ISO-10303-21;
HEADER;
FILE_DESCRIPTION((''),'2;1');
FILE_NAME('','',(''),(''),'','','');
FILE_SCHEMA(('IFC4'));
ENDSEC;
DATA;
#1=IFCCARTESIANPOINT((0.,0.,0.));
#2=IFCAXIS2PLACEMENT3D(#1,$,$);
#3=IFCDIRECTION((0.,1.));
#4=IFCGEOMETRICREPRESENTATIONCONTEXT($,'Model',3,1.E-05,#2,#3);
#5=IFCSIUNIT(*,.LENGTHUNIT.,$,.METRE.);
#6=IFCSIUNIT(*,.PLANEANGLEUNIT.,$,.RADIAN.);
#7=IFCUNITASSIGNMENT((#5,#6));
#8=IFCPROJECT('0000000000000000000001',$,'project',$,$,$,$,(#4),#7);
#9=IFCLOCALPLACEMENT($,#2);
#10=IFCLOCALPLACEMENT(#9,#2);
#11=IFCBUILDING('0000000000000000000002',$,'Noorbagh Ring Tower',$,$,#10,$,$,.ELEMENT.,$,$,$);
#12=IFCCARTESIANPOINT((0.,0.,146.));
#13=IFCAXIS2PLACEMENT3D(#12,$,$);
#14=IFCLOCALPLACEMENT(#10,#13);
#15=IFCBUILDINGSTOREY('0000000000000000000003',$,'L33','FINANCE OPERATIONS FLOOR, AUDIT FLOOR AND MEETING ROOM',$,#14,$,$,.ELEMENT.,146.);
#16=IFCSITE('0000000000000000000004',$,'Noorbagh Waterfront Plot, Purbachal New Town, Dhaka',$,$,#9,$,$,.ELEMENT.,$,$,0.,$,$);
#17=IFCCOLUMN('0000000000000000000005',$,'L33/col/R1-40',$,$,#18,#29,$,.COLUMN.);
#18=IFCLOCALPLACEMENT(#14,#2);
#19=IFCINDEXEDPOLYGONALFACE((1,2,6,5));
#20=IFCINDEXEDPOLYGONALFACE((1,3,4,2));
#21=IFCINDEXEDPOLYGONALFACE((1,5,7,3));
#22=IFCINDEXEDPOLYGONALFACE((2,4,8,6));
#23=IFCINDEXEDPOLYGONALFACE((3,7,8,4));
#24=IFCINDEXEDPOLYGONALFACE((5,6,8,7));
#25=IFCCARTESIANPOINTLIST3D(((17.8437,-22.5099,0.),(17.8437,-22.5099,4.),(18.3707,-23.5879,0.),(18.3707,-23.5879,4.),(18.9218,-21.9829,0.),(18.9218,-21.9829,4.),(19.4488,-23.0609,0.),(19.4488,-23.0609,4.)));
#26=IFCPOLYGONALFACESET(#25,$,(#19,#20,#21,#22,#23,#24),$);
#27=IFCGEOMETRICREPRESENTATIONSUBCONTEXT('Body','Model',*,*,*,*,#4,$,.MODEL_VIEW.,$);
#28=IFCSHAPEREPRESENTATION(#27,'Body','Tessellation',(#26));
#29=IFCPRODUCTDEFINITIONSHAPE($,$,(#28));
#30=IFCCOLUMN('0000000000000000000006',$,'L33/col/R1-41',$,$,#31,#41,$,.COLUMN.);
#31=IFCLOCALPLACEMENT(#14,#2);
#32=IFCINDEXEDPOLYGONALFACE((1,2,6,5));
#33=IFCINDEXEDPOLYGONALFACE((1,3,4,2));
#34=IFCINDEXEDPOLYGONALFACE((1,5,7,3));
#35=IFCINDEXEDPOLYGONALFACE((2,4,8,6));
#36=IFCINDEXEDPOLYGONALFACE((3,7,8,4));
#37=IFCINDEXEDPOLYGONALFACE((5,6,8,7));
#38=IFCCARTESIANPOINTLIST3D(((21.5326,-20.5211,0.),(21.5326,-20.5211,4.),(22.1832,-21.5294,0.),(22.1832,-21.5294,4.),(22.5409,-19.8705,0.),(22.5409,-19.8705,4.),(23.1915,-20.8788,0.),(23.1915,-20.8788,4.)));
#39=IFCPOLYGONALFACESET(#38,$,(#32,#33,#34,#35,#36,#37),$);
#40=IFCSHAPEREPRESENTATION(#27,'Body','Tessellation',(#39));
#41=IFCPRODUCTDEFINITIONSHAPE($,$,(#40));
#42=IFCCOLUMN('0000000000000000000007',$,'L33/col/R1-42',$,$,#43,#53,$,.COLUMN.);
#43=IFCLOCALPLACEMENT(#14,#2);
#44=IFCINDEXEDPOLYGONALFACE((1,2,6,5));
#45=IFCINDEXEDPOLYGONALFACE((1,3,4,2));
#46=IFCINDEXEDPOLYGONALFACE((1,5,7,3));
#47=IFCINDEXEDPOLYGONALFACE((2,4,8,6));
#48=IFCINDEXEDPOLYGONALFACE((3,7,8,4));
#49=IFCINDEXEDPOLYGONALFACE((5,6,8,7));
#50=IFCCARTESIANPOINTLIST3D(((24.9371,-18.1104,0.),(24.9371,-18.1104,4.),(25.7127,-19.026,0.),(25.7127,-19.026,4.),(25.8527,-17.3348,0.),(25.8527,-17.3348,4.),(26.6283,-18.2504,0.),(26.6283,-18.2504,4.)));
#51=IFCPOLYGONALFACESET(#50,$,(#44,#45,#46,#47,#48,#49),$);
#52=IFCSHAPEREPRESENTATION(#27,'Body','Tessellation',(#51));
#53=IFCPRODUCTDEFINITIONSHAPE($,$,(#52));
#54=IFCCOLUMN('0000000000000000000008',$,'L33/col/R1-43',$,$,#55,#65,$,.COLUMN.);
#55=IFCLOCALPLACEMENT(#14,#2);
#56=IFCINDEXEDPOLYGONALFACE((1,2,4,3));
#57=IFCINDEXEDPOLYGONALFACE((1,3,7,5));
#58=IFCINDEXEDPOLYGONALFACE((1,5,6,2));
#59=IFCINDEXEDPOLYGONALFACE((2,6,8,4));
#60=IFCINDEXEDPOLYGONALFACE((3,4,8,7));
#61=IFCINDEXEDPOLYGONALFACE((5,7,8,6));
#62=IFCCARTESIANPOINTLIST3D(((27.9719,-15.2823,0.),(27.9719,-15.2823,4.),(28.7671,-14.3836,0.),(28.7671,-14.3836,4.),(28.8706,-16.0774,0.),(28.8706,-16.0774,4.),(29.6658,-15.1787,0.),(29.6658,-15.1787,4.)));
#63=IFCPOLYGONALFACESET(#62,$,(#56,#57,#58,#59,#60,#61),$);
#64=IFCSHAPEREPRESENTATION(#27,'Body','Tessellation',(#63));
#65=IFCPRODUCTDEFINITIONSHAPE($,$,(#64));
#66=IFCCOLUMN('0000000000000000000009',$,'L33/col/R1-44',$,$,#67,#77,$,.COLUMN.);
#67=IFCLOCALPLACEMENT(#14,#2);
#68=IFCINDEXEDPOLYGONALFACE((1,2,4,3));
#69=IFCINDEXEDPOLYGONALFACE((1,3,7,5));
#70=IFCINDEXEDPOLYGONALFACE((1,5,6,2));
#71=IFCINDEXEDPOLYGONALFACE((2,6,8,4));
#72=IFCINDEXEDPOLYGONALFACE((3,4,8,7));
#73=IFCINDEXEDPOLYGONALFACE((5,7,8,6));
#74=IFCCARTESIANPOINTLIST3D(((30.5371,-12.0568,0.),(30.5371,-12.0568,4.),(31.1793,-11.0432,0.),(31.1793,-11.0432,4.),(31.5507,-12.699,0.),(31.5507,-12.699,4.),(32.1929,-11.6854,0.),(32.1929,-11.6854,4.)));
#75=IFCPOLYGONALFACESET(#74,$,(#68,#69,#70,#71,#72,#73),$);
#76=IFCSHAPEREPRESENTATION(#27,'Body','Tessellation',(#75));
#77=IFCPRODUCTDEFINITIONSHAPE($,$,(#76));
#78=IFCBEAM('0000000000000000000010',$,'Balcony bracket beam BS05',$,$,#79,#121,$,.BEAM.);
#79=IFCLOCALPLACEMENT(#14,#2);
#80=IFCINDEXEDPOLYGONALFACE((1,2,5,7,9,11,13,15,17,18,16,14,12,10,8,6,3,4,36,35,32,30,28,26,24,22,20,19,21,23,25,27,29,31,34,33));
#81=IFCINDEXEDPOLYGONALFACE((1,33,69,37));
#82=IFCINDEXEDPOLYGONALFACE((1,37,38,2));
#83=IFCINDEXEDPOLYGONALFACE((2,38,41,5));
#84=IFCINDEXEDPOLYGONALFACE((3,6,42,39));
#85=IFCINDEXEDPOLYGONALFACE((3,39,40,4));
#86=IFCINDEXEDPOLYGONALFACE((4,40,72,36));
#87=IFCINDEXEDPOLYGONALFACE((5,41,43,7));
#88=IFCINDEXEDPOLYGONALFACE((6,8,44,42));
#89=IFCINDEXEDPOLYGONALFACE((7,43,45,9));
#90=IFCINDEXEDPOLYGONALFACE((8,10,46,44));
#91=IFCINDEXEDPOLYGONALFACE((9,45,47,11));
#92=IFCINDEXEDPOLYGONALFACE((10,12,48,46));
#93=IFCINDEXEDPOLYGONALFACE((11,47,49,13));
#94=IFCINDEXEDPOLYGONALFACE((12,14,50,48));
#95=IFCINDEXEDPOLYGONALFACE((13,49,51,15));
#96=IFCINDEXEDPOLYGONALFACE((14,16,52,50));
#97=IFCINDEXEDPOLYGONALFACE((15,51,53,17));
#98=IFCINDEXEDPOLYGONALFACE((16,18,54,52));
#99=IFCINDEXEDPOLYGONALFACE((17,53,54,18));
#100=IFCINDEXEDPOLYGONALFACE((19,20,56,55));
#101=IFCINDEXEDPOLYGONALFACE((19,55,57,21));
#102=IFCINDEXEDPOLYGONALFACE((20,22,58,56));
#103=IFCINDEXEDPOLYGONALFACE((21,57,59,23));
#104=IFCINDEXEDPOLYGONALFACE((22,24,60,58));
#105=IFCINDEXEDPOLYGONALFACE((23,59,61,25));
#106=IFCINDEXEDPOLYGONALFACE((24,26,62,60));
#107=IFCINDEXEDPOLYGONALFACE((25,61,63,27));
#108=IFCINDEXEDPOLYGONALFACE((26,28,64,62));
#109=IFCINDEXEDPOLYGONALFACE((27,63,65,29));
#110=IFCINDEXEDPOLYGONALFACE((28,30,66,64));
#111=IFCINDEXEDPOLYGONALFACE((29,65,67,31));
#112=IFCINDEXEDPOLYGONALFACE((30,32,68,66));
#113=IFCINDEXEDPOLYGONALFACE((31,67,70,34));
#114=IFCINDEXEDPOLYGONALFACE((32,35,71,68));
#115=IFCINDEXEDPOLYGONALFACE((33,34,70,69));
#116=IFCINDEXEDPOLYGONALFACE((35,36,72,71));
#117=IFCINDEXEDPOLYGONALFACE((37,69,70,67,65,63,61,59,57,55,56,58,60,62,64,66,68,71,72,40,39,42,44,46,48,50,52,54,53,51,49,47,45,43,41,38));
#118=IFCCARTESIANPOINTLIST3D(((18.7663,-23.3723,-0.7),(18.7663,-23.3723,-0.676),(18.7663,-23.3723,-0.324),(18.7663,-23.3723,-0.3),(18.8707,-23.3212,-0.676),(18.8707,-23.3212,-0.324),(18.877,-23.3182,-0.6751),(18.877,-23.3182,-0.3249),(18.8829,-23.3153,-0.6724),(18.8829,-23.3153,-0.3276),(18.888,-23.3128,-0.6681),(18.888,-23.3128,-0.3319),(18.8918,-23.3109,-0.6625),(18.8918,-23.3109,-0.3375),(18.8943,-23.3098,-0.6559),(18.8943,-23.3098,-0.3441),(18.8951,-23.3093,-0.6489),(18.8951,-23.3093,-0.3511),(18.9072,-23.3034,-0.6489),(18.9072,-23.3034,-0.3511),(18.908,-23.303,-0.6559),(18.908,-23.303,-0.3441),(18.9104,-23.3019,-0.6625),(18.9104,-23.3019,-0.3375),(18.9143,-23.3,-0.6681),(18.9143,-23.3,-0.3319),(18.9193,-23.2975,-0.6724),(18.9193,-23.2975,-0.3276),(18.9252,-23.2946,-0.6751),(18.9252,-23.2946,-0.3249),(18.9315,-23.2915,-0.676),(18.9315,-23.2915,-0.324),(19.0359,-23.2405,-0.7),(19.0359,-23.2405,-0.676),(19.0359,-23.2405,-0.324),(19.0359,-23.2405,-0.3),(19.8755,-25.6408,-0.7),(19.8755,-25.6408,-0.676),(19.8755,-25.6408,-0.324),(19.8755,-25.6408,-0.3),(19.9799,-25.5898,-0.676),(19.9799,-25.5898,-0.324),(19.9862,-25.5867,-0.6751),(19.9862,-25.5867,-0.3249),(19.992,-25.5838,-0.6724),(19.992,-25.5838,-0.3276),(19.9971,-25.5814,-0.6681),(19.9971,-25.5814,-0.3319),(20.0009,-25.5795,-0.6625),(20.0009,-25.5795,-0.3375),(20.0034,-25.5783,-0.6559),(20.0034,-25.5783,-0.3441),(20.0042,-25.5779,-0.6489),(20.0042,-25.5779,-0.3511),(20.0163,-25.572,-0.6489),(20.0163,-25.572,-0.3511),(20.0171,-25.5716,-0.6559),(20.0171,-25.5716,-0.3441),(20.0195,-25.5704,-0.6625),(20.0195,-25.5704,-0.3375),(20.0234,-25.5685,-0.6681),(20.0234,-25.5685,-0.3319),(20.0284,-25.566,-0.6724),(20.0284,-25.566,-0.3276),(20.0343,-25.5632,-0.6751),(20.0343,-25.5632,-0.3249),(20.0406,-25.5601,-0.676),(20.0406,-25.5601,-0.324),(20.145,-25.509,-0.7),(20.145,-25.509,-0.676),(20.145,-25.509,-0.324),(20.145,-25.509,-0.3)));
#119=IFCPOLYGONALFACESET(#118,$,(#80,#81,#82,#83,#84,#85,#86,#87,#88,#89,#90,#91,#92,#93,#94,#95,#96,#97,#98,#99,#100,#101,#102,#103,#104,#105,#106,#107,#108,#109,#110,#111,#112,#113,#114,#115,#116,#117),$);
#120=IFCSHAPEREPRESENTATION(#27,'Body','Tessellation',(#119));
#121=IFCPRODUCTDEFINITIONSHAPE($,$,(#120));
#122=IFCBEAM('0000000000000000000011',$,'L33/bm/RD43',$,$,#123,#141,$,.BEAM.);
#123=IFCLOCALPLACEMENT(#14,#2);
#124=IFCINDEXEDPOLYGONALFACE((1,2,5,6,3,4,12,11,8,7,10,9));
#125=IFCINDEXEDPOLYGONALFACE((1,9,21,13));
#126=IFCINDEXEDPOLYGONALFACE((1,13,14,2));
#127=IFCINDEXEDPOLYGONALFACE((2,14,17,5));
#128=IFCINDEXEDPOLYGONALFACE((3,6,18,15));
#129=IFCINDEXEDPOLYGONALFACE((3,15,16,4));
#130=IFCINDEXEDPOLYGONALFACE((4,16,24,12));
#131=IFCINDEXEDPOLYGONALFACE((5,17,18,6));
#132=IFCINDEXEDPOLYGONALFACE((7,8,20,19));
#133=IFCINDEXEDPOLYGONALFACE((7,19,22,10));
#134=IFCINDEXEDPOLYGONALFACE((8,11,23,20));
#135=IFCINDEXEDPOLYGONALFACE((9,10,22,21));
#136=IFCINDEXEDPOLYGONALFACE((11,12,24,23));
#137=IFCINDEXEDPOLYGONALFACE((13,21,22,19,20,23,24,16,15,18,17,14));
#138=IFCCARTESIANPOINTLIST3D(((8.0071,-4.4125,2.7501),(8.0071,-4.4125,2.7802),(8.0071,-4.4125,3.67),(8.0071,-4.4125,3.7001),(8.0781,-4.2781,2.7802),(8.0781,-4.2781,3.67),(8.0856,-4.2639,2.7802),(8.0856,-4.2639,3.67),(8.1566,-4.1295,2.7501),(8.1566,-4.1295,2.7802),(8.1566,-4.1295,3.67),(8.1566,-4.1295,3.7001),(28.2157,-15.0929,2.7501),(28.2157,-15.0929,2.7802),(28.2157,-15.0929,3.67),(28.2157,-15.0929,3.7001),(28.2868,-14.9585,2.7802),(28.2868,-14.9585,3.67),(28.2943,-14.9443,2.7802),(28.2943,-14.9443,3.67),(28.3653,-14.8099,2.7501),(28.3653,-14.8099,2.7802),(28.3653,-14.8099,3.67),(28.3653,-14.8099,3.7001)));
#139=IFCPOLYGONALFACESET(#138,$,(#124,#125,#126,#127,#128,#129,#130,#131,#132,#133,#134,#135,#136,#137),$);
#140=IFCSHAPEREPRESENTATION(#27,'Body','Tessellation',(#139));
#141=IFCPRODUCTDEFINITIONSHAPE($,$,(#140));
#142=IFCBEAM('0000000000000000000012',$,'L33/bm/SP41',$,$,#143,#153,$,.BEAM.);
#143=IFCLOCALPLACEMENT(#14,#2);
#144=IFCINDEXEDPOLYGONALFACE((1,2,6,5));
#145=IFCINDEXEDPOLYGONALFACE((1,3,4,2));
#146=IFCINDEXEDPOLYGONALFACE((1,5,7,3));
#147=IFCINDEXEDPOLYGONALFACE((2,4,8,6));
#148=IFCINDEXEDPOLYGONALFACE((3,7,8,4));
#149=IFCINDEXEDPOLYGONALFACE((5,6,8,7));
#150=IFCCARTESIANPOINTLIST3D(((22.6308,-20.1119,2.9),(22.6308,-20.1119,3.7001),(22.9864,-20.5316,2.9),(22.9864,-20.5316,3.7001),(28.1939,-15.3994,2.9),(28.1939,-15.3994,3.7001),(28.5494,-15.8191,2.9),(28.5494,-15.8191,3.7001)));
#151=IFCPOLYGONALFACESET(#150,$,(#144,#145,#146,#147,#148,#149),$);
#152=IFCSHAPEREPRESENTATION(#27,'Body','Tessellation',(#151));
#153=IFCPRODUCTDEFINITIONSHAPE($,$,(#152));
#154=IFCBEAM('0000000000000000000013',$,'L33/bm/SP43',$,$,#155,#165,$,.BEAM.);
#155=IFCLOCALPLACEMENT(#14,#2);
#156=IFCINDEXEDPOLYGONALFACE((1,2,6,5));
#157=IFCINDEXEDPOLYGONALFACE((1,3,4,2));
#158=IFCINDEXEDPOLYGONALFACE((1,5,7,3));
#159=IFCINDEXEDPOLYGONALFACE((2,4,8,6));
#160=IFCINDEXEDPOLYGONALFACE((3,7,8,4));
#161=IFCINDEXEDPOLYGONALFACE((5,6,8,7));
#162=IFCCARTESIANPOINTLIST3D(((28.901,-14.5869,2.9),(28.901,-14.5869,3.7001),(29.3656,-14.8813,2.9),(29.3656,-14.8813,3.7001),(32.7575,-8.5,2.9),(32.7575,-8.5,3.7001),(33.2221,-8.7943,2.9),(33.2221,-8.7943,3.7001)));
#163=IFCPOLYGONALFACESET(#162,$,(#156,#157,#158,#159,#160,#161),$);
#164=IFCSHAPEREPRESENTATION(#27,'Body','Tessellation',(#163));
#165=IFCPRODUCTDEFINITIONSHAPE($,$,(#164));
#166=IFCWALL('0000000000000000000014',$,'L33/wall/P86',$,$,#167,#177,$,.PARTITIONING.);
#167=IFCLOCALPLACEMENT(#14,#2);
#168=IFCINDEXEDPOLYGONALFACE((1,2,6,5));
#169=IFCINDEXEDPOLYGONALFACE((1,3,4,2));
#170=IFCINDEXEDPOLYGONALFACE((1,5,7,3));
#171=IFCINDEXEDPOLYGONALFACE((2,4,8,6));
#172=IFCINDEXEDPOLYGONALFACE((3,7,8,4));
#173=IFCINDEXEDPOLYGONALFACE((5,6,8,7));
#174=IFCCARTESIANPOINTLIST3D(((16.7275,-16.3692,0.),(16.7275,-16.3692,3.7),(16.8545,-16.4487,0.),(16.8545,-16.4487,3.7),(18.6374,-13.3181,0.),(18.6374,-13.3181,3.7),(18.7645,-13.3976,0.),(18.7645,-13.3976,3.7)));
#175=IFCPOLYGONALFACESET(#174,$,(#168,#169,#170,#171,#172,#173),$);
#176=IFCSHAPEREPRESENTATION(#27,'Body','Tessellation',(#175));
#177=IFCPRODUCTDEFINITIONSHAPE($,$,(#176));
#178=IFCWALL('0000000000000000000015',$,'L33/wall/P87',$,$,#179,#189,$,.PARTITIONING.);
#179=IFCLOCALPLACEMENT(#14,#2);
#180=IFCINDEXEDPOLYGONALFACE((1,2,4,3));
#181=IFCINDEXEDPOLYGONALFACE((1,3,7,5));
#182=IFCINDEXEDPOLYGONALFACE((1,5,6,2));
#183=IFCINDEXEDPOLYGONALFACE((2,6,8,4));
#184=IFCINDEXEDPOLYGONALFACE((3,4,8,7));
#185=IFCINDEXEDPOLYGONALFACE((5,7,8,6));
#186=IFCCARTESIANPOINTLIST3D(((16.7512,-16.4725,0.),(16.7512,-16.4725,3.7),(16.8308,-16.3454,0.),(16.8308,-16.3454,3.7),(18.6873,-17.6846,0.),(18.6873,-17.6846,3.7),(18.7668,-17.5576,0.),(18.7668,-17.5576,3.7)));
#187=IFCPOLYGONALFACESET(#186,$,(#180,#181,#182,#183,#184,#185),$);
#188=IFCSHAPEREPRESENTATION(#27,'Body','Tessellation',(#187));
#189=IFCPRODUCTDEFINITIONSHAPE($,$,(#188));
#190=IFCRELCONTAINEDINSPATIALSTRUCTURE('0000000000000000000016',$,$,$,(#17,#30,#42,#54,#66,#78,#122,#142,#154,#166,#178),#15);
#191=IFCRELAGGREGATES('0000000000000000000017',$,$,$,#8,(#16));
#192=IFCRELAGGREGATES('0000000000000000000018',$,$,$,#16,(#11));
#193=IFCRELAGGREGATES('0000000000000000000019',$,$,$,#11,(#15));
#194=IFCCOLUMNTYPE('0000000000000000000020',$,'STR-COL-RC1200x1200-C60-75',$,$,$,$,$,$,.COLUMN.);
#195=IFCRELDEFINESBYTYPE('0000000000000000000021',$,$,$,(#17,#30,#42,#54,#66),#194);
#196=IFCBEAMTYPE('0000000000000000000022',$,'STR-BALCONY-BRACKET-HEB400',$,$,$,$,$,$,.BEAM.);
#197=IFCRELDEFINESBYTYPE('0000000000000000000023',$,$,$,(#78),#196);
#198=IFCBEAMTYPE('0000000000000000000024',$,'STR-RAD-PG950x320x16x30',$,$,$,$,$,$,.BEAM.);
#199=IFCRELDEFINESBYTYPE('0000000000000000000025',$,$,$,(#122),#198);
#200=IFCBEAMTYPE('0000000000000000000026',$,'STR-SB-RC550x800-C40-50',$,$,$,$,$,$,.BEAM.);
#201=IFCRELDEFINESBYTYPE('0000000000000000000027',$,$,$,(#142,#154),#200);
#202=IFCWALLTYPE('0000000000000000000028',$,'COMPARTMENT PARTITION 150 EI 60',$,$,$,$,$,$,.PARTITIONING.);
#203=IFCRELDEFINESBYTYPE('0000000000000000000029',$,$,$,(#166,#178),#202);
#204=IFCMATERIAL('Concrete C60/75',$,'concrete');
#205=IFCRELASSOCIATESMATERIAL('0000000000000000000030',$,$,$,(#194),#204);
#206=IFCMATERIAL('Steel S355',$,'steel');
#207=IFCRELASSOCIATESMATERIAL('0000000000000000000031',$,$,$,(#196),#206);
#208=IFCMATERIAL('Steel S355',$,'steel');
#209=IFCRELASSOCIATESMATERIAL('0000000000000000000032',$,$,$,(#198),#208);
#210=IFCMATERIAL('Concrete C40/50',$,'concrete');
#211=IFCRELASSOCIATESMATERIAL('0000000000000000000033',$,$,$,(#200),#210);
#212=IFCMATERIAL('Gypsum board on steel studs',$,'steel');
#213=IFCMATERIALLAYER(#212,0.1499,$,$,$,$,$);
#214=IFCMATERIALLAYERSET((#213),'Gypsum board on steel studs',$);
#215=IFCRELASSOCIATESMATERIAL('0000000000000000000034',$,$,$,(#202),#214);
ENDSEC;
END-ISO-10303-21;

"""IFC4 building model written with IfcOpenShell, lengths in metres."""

from ifc_helpers import new_model, si_unit, direction, frame, frame_2d, origin, origin_2d, place, context, subcontext, project, spatial, rectangle, i_section, extrude, material, layer, layer_set, material_profile, profile_set, type_object, element, save


model = new_model("IFC4")

# Units and contexts
model_context = context("Model", 3, precision=1e-05, world=origin(), true_north=direction((0.0, 1.0)))
body_context = subcontext(model_context, "Body", "Model", "MODEL_VIEW")
ifc_project = project(units=[si_unit("LENGTHUNIT", "METRE"), si_unit("PLANEANGLEUNIT", "RADIAN")], contexts=[model_context])

# Site, building, storey
site_placement = place(None, origin())
site = spatial("IfcSite", under=ifc_project, at=site_placement, Name="Noorbagh Waterfront Plot, Purbachal New Town, Dhaka", CompositionType="ELEMENT", RefElevation=0.0)
building_placement = place(site_placement, origin())
building = spatial("IfcBuilding", under=site, at=building_placement, Name="Noorbagh Ring Tower", CompositionType="ELEMENT")
storey_placement = place(building_placement, frame((0.0, 0.0, 146.0)))
storey = spatial("IfcBuildingStorey", under=building, at=storey_placement, Name="L33", Description="FINANCE OPERATIONS FLOOR, AUDIT FLOOR AND MEETING ROOM", CompositionType="ELEMENT", Elevation=146.0)

# Columns
ifc_material_1 = material(Name="Concrete C60/75", Category="concrete")
ifc_material_profile_1 = material_profile(ifc_material_1, rectangle(XDim=1.2, YDim=1.2, at=origin_2d()), Name="RC1200x1200")
ifc_profile_set_1 = profile_set([ifc_material_profile_1], Name="Concrete C60/75")
column_type = type_object("IfcColumnType", Name="STR-COL-RC1200x1200-C60-75", PredefinedType="COLUMN", material=ifc_profile_set_1)
for number, where, z_axis, x_axis, name in (
    (1, (18.6462, -22.7854, 0.0), (0.0, 0.0, 1.0), (0.898399, 0.43918, 0.0), "L33/col/R1-40"),
    (2, (22.3621, -20.7, 0.0), (0.0, 0.0, 1.0), (0.840248, 0.542203, 0.0), "L33/col/R1-41"),
    (3, (25.7827, -18.1804, 0.0), (0.0, 0.0, 1.0), (0.763035, 0.646357, 0.0), "L33/col/R1-42"),
    (4, (28.8188, -15.2305, 0.0), (0.0, 0.0, 1.0), (0.662636, 0.748942, 0.0), "L33/col/R1-43"),
    (5, (31.365, -11.8711, 0.0), (0.0, 0.0, 1.0), (0.53519, 0.844731, 0.0), "L33/col/R1-44"),
):
    element("IfcColumn", number, at=place(storey_placement, frame(where, z_axis=z_axis, x_axis=x_axis)), inside=storey, type_object=column_type, Name=name, PredefinedType="COLUMN", context=body_context, shape_type="SweptSolid", body=[
        extrude(rectangle(XDim=1.2, YDim=1.2, at=origin_2d()), origin(), (0.0, 0.0, 1.0), 4.0),
    ])

# Beams
ifc_material_2 = material(Name="Steel S355", Category="steel")
ifc_material_profile_2 = material_profile(ifc_material_2, i_section(OverallWidth=0.3, OverallDepth=0.3999, WebThickness=0.0134, FlangeThickness=0.0239, FilletRadius=0.0271, at=origin_2d()), Name="HEB400")
ifc_profile_set_2 = profile_set([ifc_material_profile_2], Name="Steel S355")
beam_type_1 = type_object("IfcBeamType", Name="STR-BALCONY-BRACKET-HEB400", PredefinedType="BEAM", material=ifc_profile_set_2)
beam_1_placement = place(storey_placement, frame((18.9011, -23.3064, -0.5), z_axis=(0.439229, -0.898375, 0.0), x_axis=(0.898375, 0.439229, 0.0)))
element("IfcBeam", 6, at=beam_1_placement, inside=storey, type_object=beam_type_1, Name="Balcony bracket beam BS05", PredefinedType="BEAM", context=body_context, shape_type="SweptSolid", body=[
    extrude(i_section(OverallWidth=0.3, OverallDepth=0.3999, WebThickness=0.0134, FlangeThickness=0.0239, FilletRadius=0.0271, at=origin_2d()), origin(), (0.0, 0.0, 1.0), 2.5251),
])
ifc_material_3 = material(Name="Steel S355", Category="steel")
ifc_material_profile_3 = material_profile(ifc_material_3, i_section(OverallWidth=0.3201, OverallDepth=0.95, WebThickness=0.0161, FlangeThickness=0.03, at=origin_2d()), Name="PG950x320x16x30")
ifc_profile_set_3 = profile_set([ifc_material_profile_3], Name="Steel S355")
beam_type_2 = type_object("IfcBeamType", Name="STR-RAD-PG950x320x16x30", PredefinedType="BEAM", material=ifc_profile_set_3)
beam_2_placement = place(storey_placement, frame((28.2905, -14.9514, 3.2251), z_axis=(-0.884119, 0.467261, 0.0), x_axis=(-0.467261, -0.884119, 0.0)))
element("IfcBeam", 7, at=beam_2_placement, inside=storey, type_object=beam_type_2, Name="L33/bm/RD43", PredefinedType="BEAM", context=body_context, shape_type="SweptSolid", body=[
    extrude(i_section(OverallWidth=0.3201, OverallDepth=0.95, WebThickness=0.0161, FlangeThickness=0.03, at=origin_2d()), origin(), (0.0, 0.0, 1.0), 22.8574),
])
ifc_material_4 = material(Name="Concrete C40/50", Category="concrete")
ifc_material_profile_4 = material_profile(ifc_material_4, rectangle(XDim=0.55, YDim=0.8, at=origin_2d()), Name="RC550x800")
ifc_profile_set_4 = profile_set([ifc_material_profile_4], Name="Concrete C40/50")
beam_type_3 = type_object("IfcBeamType", Name="STR-SB-RC550x800-C40-50", PredefinedType="BEAM", material=ifc_profile_set_4)
beam_3_placement = place(storey_placement, frame((22.8086, -20.3218, 3.3), z_axis=(0.763031, 0.646362, 0.0), x_axis=(-0.646362, 0.763031, 0.0)))
element("IfcBeam", 8, at=beam_3_placement, inside=storey, type_object=beam_type_3, Name="L33/bm/SP41", PredefinedType="BEAM", context=body_context, shape_type="SweptSolid", body=[
    extrude(rectangle(XDim=0.55, YDim=0.8, at=origin_2d()), origin(), (0.0, 0.0, 1.0), 7.2908),
])
beam_4_placement = place(storey_placement, frame((29.1333, -14.7341, 3.3), z_axis=(0.535191, 0.844731, 0.0), x_axis=(-0.844731, 0.535191, 0.0)))
element("IfcBeam", 9, at=beam_4_placement, inside=storey, type_object=beam_type_3, Name="L33/bm/SP43", PredefinedType="BEAM", context=body_context, shape_type="SweptSolid", body=[
    extrude(rectangle(XDim=0.55, YDim=0.8, at=origin_2d()), origin(), (0.0, 0.0, 1.0), 7.2058),
])

# Walls
ifc_material_5 = material(Name="Gypsum board on steel studs", Category="steel")
ifc_layer_1 = layer(ifc_material_5, 0.1499)
ifc_layer_set_1 = layer_set([ifc_layer_1], Name="Gypsum board on steel studs")
wall_type_1 = type_object("IfcWallType", Name="COMPARTMENT PARTITION 150 EI 60", PredefinedType="PARTITIONING", material=ifc_layer_set_1)
wall_1_placement = place(storey_placement, frame((16.791, -16.4089, 0.0), z_axis=(0.0, 0.0, 1.0), x_axis=(0.530602, 0.847621, 0.0)))
element("IfcWall", 10, at=wall_1_placement, inside=storey, type_object=wall_type_1, Name="L33/wall/P86", PredefinedType="PARTITIONING", context=body_context, shape_type="SweptSolid", body=[
    extrude(rectangle(XDim=3.5996, YDim=0.1499, at=frame_2d((1.7998, 0.0))), origin(), (0.0, 0.0, 1.0), 3.7),
])
wall_2_placement = place(storey_placement, frame((16.791, -16.4089, 0.0), z_axis=(0.0, 0.0, 1.0), x_axis=(0.847578, -0.530671, 0.0)))
element("IfcWall", 11, at=wall_2_placement, inside=storey, type_object=wall_type_1, Name="L33/wall/P87", PredefinedType="PARTITIONING", context=body_context, shape_type="SweptSolid", body=[
    extrude(rectangle(XDim=2.2842, YDim=0.1499, at=frame_2d((1.1421, 0.0))), origin(), (0.0, 0.0, 1.0), 3.7),
])

save(model, "model.ifc")
